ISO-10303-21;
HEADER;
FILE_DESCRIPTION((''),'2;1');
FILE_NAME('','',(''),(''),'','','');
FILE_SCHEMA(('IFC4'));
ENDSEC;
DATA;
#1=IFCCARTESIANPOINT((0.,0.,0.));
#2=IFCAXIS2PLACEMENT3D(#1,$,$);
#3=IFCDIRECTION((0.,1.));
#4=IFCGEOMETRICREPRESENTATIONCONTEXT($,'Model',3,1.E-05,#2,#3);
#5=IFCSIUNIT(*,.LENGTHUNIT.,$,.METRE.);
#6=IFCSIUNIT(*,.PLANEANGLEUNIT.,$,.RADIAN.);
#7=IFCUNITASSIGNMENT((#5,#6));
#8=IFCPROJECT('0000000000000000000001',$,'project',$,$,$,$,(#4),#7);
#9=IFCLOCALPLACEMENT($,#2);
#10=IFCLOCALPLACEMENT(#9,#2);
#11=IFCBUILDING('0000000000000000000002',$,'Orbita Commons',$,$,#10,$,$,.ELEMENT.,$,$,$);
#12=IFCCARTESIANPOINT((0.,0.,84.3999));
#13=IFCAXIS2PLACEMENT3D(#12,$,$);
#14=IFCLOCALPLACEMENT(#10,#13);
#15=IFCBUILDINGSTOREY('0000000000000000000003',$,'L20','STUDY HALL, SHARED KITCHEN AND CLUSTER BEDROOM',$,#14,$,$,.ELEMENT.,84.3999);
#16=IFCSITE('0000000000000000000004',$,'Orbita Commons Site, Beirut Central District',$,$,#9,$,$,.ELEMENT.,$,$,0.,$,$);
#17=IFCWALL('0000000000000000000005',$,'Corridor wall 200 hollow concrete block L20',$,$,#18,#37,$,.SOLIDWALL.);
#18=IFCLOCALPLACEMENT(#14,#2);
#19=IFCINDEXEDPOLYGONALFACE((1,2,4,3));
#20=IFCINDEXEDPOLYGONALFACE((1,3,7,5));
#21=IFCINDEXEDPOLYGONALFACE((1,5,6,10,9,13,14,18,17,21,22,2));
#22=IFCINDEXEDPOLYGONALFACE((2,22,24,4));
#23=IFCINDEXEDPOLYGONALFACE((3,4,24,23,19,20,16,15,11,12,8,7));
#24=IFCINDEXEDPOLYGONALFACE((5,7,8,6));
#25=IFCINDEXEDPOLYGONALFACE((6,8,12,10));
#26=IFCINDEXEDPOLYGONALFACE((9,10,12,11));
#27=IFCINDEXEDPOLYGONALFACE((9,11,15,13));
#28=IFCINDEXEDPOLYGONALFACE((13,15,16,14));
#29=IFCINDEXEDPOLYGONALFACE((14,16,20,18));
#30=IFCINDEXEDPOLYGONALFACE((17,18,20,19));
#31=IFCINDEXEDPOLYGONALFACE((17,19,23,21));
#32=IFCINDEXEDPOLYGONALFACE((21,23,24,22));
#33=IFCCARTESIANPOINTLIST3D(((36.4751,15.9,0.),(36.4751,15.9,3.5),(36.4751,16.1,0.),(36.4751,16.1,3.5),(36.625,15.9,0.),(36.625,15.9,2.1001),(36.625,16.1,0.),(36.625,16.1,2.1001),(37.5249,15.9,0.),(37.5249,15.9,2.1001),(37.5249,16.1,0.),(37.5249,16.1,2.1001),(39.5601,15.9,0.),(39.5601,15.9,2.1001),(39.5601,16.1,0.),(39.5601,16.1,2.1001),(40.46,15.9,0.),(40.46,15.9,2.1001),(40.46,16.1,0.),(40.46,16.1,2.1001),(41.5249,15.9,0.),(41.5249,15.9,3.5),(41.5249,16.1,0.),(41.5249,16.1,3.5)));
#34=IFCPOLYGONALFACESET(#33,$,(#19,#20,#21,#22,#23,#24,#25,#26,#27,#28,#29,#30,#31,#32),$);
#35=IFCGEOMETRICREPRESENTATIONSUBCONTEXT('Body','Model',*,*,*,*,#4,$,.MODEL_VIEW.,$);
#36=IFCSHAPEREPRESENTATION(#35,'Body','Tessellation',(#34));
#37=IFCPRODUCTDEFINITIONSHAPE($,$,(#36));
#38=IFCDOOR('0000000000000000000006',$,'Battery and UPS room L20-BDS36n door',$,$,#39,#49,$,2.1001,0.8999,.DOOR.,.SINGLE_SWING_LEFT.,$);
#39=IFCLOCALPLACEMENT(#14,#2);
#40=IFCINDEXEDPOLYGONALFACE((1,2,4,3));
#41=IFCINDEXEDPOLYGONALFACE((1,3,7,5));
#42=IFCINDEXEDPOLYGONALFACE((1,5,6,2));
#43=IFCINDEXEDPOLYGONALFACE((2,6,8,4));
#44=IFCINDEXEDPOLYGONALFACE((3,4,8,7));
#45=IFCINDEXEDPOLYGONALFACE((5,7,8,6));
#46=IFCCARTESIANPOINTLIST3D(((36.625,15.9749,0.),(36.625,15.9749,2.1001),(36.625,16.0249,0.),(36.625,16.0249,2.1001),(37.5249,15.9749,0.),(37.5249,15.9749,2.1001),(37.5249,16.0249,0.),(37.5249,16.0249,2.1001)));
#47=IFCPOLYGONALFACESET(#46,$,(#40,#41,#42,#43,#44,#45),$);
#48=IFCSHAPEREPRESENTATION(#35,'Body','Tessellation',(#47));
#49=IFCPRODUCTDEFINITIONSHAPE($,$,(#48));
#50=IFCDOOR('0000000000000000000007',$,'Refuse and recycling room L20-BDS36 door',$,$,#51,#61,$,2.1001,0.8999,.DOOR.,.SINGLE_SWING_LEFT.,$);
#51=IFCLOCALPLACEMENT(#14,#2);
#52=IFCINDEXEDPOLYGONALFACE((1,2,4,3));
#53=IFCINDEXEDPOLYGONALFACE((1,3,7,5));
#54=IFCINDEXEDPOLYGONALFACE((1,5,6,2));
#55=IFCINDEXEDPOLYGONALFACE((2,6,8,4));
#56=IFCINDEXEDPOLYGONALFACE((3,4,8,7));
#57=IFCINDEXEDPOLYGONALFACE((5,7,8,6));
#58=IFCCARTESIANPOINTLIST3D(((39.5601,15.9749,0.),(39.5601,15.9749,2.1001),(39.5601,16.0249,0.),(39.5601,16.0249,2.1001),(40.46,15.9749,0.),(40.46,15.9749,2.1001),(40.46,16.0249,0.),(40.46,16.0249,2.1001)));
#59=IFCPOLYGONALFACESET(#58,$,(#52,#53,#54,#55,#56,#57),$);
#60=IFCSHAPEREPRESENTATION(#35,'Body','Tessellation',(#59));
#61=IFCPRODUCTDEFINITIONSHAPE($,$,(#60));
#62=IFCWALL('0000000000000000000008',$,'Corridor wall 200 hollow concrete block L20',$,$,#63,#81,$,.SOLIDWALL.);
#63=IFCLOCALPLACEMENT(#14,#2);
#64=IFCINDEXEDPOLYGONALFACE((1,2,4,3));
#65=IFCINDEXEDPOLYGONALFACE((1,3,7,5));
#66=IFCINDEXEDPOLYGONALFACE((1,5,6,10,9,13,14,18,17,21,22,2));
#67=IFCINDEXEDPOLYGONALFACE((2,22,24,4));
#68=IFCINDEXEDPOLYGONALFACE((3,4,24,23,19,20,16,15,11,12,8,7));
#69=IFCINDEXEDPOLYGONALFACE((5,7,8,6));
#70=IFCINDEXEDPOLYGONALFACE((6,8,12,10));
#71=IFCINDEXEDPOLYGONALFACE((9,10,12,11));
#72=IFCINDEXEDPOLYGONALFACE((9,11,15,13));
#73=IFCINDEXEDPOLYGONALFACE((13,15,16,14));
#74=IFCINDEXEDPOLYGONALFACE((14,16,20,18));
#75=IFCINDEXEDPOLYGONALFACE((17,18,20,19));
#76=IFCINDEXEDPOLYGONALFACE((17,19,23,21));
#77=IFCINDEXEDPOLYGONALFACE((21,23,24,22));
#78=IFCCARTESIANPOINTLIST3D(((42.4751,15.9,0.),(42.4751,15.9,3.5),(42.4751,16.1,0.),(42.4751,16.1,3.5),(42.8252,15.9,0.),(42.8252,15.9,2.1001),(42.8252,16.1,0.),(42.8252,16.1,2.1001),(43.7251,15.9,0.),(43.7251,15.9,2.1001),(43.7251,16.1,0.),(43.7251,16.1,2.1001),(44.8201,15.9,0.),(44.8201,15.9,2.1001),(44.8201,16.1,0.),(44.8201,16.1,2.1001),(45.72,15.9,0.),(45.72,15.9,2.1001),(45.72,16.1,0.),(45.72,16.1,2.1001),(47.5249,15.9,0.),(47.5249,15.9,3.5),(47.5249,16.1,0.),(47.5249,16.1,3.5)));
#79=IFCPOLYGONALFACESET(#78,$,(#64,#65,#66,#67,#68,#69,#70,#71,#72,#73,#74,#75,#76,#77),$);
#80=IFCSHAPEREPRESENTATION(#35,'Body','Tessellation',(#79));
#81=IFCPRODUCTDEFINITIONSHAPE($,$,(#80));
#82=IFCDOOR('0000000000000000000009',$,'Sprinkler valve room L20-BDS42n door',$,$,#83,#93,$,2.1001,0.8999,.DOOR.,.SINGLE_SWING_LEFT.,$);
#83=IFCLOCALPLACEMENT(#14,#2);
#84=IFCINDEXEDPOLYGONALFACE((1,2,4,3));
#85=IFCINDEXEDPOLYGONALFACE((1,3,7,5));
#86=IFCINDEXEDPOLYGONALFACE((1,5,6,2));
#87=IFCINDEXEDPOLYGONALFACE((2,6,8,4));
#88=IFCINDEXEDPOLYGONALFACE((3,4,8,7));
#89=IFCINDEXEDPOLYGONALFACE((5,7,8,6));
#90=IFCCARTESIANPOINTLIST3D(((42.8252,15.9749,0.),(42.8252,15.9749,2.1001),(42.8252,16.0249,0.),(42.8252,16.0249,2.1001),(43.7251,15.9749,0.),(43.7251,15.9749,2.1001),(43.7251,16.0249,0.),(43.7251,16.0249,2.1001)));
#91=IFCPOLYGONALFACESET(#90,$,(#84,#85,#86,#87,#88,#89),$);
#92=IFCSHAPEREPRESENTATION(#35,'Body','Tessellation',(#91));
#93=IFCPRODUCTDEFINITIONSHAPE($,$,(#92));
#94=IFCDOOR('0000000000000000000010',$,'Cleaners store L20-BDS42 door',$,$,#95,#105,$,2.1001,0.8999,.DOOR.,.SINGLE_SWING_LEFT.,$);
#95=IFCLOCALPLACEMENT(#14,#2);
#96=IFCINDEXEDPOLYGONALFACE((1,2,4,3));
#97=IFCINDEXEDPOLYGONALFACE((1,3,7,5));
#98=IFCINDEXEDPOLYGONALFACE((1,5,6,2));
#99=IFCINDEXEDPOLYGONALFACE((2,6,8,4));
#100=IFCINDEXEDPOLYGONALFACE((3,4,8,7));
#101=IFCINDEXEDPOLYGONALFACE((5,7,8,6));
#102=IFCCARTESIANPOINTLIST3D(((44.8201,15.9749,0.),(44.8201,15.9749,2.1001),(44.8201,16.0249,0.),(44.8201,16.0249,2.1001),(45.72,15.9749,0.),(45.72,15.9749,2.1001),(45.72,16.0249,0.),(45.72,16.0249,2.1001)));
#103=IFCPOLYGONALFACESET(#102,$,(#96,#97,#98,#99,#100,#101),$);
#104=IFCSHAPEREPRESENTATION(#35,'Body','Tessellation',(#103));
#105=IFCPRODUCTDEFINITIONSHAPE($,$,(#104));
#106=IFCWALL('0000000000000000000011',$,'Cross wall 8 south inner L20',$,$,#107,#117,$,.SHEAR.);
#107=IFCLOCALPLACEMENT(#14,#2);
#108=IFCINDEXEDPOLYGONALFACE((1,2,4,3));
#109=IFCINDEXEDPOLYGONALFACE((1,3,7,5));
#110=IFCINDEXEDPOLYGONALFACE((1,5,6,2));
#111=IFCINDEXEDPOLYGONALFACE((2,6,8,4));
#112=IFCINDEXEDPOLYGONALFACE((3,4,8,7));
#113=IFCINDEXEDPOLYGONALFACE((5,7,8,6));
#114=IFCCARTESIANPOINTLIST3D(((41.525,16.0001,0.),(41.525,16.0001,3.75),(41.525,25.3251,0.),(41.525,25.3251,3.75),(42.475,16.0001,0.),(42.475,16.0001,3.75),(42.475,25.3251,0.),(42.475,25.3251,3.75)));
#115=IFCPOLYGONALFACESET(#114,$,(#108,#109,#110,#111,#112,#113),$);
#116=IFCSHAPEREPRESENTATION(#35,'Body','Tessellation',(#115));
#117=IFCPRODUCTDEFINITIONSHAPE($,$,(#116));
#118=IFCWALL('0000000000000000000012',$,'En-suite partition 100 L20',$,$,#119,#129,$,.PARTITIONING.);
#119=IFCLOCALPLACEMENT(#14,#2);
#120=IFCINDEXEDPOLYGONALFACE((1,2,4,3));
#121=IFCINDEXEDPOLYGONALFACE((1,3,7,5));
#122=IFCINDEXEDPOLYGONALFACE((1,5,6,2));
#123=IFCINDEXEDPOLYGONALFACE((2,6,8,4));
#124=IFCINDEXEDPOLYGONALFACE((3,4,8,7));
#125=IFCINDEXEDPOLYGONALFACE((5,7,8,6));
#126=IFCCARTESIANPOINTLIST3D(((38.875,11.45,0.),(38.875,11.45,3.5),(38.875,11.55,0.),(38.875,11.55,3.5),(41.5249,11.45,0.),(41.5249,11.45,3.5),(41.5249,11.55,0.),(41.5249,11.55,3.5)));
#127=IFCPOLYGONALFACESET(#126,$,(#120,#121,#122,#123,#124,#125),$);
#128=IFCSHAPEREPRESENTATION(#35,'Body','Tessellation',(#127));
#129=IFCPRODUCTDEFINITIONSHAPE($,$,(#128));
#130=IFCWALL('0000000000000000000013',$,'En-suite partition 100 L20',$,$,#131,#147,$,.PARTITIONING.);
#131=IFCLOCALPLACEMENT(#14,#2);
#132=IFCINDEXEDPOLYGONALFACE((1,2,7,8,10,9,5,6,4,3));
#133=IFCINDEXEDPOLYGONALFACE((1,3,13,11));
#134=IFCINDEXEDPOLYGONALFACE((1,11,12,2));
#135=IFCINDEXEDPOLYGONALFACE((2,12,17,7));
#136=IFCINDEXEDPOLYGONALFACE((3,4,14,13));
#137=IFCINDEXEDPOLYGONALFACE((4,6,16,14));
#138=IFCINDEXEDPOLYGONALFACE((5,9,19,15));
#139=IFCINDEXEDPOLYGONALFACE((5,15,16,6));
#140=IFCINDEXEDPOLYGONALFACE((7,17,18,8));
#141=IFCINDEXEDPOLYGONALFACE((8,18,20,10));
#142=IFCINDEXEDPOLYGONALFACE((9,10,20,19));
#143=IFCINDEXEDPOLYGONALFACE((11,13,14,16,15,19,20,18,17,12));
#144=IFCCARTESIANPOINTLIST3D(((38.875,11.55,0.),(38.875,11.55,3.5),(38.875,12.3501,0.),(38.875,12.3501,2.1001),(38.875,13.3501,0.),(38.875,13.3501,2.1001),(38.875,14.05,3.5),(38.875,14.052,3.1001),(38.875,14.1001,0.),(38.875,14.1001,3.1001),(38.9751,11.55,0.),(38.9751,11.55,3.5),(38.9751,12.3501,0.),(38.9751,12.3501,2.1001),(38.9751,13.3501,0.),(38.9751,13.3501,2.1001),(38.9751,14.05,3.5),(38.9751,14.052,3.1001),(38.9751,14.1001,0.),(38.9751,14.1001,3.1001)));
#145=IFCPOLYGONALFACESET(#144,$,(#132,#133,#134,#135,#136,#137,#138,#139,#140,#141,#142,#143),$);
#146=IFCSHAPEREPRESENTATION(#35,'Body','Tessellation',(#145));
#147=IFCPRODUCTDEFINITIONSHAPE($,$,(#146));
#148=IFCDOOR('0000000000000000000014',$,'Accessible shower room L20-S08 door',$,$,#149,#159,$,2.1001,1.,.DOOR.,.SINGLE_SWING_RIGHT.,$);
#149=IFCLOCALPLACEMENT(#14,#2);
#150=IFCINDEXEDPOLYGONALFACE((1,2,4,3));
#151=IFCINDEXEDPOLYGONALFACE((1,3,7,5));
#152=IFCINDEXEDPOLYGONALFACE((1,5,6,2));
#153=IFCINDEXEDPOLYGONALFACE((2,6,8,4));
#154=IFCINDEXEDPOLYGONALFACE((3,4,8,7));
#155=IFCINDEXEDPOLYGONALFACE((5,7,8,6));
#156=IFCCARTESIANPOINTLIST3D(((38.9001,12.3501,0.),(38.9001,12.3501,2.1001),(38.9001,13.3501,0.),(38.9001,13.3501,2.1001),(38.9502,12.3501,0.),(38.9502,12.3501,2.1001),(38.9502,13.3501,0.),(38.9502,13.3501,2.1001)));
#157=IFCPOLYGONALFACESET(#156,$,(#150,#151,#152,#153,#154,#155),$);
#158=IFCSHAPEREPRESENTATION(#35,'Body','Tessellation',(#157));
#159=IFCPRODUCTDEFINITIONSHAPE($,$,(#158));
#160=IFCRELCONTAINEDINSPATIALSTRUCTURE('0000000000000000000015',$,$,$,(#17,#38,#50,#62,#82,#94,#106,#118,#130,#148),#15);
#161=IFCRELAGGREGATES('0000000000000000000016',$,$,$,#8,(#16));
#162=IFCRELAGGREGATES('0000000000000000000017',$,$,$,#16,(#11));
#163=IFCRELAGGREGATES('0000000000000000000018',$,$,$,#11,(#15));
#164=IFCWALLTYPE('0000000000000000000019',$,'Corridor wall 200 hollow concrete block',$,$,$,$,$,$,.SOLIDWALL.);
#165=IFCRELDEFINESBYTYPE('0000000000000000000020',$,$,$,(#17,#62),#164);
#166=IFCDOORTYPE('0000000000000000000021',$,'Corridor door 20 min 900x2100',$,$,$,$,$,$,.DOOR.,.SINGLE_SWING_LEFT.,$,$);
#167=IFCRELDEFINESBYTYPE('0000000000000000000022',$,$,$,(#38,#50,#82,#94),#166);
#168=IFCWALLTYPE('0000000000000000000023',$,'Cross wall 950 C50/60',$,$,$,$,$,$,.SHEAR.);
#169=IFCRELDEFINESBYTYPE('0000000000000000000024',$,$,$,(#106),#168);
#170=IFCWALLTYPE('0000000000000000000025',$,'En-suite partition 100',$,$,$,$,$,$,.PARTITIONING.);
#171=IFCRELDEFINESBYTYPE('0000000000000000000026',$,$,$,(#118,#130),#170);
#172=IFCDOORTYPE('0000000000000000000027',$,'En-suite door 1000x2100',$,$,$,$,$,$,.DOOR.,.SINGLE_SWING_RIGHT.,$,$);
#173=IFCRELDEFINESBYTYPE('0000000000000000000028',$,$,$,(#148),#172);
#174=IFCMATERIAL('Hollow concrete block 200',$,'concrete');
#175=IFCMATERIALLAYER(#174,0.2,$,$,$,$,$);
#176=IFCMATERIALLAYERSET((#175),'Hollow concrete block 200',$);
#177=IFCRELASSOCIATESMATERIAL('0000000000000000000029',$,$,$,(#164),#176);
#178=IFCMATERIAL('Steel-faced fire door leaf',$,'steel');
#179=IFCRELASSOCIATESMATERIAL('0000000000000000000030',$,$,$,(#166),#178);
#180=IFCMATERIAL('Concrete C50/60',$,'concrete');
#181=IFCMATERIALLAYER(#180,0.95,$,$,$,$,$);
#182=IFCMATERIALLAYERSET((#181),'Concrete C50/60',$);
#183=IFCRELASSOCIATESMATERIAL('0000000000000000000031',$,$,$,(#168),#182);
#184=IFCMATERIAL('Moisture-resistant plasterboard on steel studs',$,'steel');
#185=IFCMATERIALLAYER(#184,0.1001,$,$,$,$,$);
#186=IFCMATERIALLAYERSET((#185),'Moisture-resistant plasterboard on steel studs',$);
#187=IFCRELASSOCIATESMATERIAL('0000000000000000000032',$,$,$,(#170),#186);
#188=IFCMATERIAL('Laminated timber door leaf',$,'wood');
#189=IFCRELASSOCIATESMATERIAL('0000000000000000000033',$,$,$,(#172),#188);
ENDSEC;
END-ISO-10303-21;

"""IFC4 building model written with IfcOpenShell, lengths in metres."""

from ifc_helpers import new_model, si_unit, direction, frame, frame_2d, origin, place, context, subcontext, project, spatial, polyline, rectangle, outline, extrude, material, layer, layer_set, type_object, element, fill, save


model = new_model("IFC4")

# Units and contexts
model_context = context("Model", 3, precision=1e-05, world=origin(), true_north=direction((0.0, 1.0)))
body_context = subcontext(model_context, "Body", "Model", "MODEL_VIEW")
ifc_project = project(units=[si_unit("LENGTHUNIT", "METRE"), si_unit("PLANEANGLEUNIT", "RADIAN")], contexts=[model_context])

# Site, building, storey
site_placement = place(None, origin())
site = spatial("IfcSite", under=ifc_project, at=site_placement, Name="Orbita Commons Site, Beirut Central District", CompositionType="ELEMENT", RefElevation=0.0)
building_placement = place(site_placement, origin())
building = spatial("IfcBuilding", under=site, at=building_placement, Name="Orbita Commons", CompositionType="ELEMENT")
storey_placement = place(building_placement, frame((0.0, 0.0, 84.3999)))
storey = spatial("IfcBuildingStorey", under=building, at=storey_placement, Name="L20", Description="STUDY HALL, SHARED KITCHEN AND CLUSTER BEDROOM", CompositionType="ELEMENT", Elevation=84.3999)

# Walls, openings, doors
ifc_material_1 = material(Name="Hollow concrete block 200", Category="concrete")
ifc_layer_1 = layer(ifc_material_1, 0.2)
ifc_layer_set_1 = layer_set([ifc_layer_1], Name="Hollow concrete block 200")
wall_type_1 = type_object("IfcWallType", Name="Corridor wall 200 hollow concrete block", PredefinedType="SOLIDWALL", material=ifc_layer_set_1)
wall_1_placement = place(storey_placement, frame((36.4751, 16.0, 0.0), z_axis=(0.0, 0.0, 1.0), x_axis=(1.0, 0.0, 0.0)))
wall_1 = element("IfcWall", 1, at=wall_1_placement, inside=storey, type_object=wall_type_1, Name="Corridor wall 200 hollow concrete block L20", PredefinedType="SOLIDWALL", context=body_context, shape_type="SweptSolid", body=[
    extrude(rectangle(XDim=5.0498, YDim=0.2, at=frame_2d((2.5249, 0.0))), origin(), (0.0, 0.0, 1.0), 3.5),
])
opening_1_placement = place(wall_1_placement, frame((0.1499, 0.0, 0.0)))
opening_1 = element("IfcOpeningElement", 2, at=opening_1_placement, cuts=wall_1, PredefinedType="OPENING", context=body_context, shape_type="SweptSolid", body=[
    extrude(rectangle(XDim=0.8999, YDim=2.1001, at=frame_2d((0.45, 1.05))), frame((0.0, 0.1099, 0.0), z_axis=(0.0, -1.0, 0.0), x_axis=(1.0, 0.0, 0.0)), (0.0, 0.0, 1.0), 0.22),
])
opening_2_placement = place(wall_1_placement, frame((3.085, 0.0, 0.0)))
opening_2 = element("IfcOpeningElement", 3, at=opening_2_placement, cuts=wall_1, PredefinedType="OPENING", context=body_context, shape_type="SweptSolid", body=[
    extrude(rectangle(XDim=0.8999, YDim=2.1001, at=frame_2d((0.45, 1.05))), frame((0.0, 0.1099, 0.0), z_axis=(0.0, -1.0, 0.0), x_axis=(1.0, 0.0, 0.0)), (0.0, 0.0, 1.0), 0.22),
])
ifc_material_2 = material(Name="Steel-faced fire door leaf", Category="steel")
door_type_1 = type_object("IfcDoorType", Name="Corridor door 20 min 900x2100", OperationType="SINGLE_SWING_LEFT", PredefinedType="DOOR", material=ifc_material_2)
door_1_placement = place(opening_1_placement, origin())
door_1 = element("IfcDoor", 4, at=door_1_placement, inside=storey, type_object=door_type_1, Name="Battery and UPS room L20-BDS36n door", OperationType="SINGLE_SWING_LEFT", OverallHeight=2.1001, OverallWidth=0.8999, PredefinedType="DOOR", context=body_context, shape_type="SweptSolid", body=[
    extrude(rectangle(XDim=0.8999, YDim=2.1001, at=frame_2d((0.45, 1.05))), frame((0.0, 0.0249, 0.0), z_axis=(0.0, -1.0, 0.0), x_axis=(1.0, 0.0, 0.0)), (0.0, 0.0, 1.0), 0.05),
])
fill(opening_1, door_1)
door_2_placement = place(opening_2_placement, origin())
door_2 = element("IfcDoor", 5, at=door_2_placement, inside=storey, type_object=door_type_1, Name="Refuse and recycling room L20-BDS36 door", OperationType="SINGLE_SWING_LEFT", OverallHeight=2.1001, OverallWidth=0.8999, PredefinedType="DOOR", context=body_context, shape_type="SweptSolid", body=[
    extrude(rectangle(XDim=0.8999, YDim=2.1001, at=frame_2d((0.45, 1.05))), frame((0.0, 0.0249, 0.0), z_axis=(0.0, -1.0, 0.0), x_axis=(1.0, 0.0, 0.0)), (0.0, 0.0, 1.0), 0.05),
])
fill(opening_2, door_2)
wall_2_placement = place(storey_placement, frame((42.4751, 16.0, 0.0), z_axis=(0.0, 0.0, 1.0), x_axis=(1.0, 0.0, 0.0)))
wall_2 = element("IfcWall", 6, at=wall_2_placement, inside=storey, type_object=wall_type_1, Name="Corridor wall 200 hollow concrete block L20", PredefinedType="SOLIDWALL", context=body_context, shape_type="SweptSolid", body=[
    extrude(rectangle(XDim=5.0498, YDim=0.2, at=frame_2d((2.5249, 0.0))), origin(), (0.0, 0.0, 1.0), 3.5),
])
opening_3_placement = place(wall_2_placement, frame((0.3501, 0.0, 0.0)))
opening_3 = element("IfcOpeningElement", 7, at=opening_3_placement, cuts=wall_2, PredefinedType="OPENING", context=body_context, shape_type="SweptSolid", body=[
    extrude(rectangle(XDim=0.8999, YDim=2.1001, at=frame_2d((0.45, 1.05))), frame((0.0, 0.1099, 0.0), z_axis=(0.0, -1.0, 0.0), x_axis=(1.0, 0.0, 0.0)), (0.0, 0.0, 1.0), 0.22),
])
opening_4_placement = place(wall_2_placement, frame((2.345, 0.0, 0.0)))
opening_4 = element("IfcOpeningElement", 8, at=opening_4_placement, cuts=wall_2, PredefinedType="OPENING", context=body_context, shape_type="SweptSolid", body=[
    extrude(rectangle(XDim=0.8999, YDim=2.1001, at=frame_2d((0.45, 1.05))), frame((0.0, 0.1099, 0.0), z_axis=(0.0, -1.0, 0.0), x_axis=(1.0, 0.0, 0.0)), (0.0, 0.0, 1.0), 0.22),
])
door_3_placement = place(opening_3_placement, origin())
door_3 = element("IfcDoor", 9, at=door_3_placement, inside=storey, type_object=door_type_1, Name="Sprinkler valve room L20-BDS42n door", OperationType="SINGLE_SWING_LEFT", OverallHeight=2.1001, OverallWidth=0.8999, PredefinedType="DOOR", context=body_context, shape_type="SweptSolid", body=[
    extrude(rectangle(XDim=0.8999, YDim=2.1001, at=frame_2d((0.45, 1.05))), frame((0.0, 0.0249, 0.0), z_axis=(0.0, -1.0, 0.0), x_axis=(1.0, 0.0, 0.0)), (0.0, 0.0, 1.0), 0.05),
])
fill(opening_3, door_3)
door_4_placement = place(opening_4_placement, origin())
door_4 = element("IfcDoor", 10, at=door_4_placement, inside=storey, type_object=door_type_1, Name="Cleaners store L20-BDS42 door", OperationType="SINGLE_SWING_LEFT", OverallHeight=2.1001, OverallWidth=0.8999, PredefinedType="DOOR", context=body_context, shape_type="SweptSolid", body=[
    extrude(rectangle(XDim=0.8999, YDim=2.1001, at=frame_2d((0.45, 1.05))), frame((0.0, 0.0249, 0.0), z_axis=(0.0, -1.0, 0.0), x_axis=(1.0, 0.0, 0.0)), (0.0, 0.0, 1.0), 0.05),
])
fill(opening_4, door_4)

# Walls
ifc_material_3 = material(Name="Concrete C50/60", Category="concrete")
ifc_layer_2 = layer(ifc_material_3, 0.95)
ifc_layer_set_2 = layer_set([ifc_layer_2], Name="Concrete C50/60")
wall_type_2 = type_object("IfcWallType", Name="Cross wall 950 C50/60", PredefinedType="SHEAR", material=ifc_layer_set_2)
wall_3_placement = place(storey_placement, frame((42.0, 16.0, 0.0), z_axis=(0.0, 0.0, 1.0), x_axis=(0.0, 1.0, 0.0)))
element("IfcWall", 11, at=wall_3_placement, inside=storey, type_object=wall_type_2, Name="Cross wall 8 south inner L20", PredefinedType="SHEAR", context=body_context, shape_type="SweptSolid", body=[
    extrude(rectangle(XDim=9.325, YDim=0.95, at=frame_2d((4.6626, 0.0))), origin(), (0.0, 0.0, 1.0), 3.75),
])
ifc_material_4 = material(Name="Moisture-resistant plasterboard on steel studs", Category="steel")
ifc_layer_3 = layer(ifc_material_4, 0.1001)
ifc_layer_set_3 = layer_set([ifc_layer_3], Name="Moisture-resistant plasterboard on steel studs")
wall_type_3 = type_object("IfcWallType", Name="En-suite partition 100", PredefinedType="PARTITIONING", material=ifc_layer_set_3)
wall_4_placement = place(storey_placement, frame((38.875, 11.5, 0.0), z_axis=(0.0, 0.0, 1.0), x_axis=(1.0, 0.0, 0.0)))
element("IfcWall", 12, at=wall_4_placement, inside=storey, type_object=wall_type_3, Name="En-suite partition 100 L20", PredefinedType="PARTITIONING", context=body_context, shape_type="SweptSolid", body=[
    extrude(rectangle(XDim=2.6499, YDim=0.1001, at=frame_2d((1.325, 0.0))), origin(), (0.0, 0.0, 1.0), 3.5),
])

# Wall, opening, door
wall_5_placement = place(storey_placement, frame((38.925, 11.55, 0.0), z_axis=(0.0, 0.0, 1.0), x_axis=(0.0, 1.0, 0.0)))
wall_5 = element("IfcWall", 13, at=wall_5_placement, inside=storey, type_object=wall_type_3, Name="En-suite partition 100 L20", PredefinedType="PARTITIONING", context=body_context, shape_type="SweptSolid", body=[
    extrude(outline(polyline([(0.0, 0.0), (2.55, 0.0), (2.55, 3.1001), (2.502, 3.1001), (2.5, 3.5), (0.0, 3.5), (0.0, 0.0)])), frame((0.0, 0.05, 0.0), z_axis=(0.0, -1.0, 0.0), x_axis=(1.0, 0.0, 0.0)), (0.0, 0.0, 1.0), 0.1001),
])
opening_5_placement = place(wall_5_placement, frame((0.8, 0.0, 0.0)))
opening_5 = element("IfcOpeningElement", 14, at=opening_5_placement, cuts=wall_5, PredefinedType="OPENING", context=body_context, shape_type="SweptSolid", body=[
    extrude(rectangle(XDim=1.0, YDim=2.1001, at=frame_2d((0.5, 1.05))), frame((0.0, 0.0601, 0.0), z_axis=(0.0, -1.0, 0.0), x_axis=(1.0, 0.0, 0.0)), (0.0, 0.0, 1.0), 0.1201),
])
ifc_material_5 = material(Name="Laminated timber door leaf", Category="wood")
door_type_2 = type_object("IfcDoorType", Name="En-suite door 1000x2100", OperationType="SINGLE_SWING_RIGHT", PredefinedType="DOOR", material=ifc_material_5)
door_5_placement = place(opening_5_placement, origin())
door_5 = element("IfcDoor", 15, at=door_5_placement, inside=storey, type_object=door_type_2, Name="Accessible shower room L20-S08 door", OperationType="SINGLE_SWING_RIGHT", OverallHeight=2.1001, OverallWidth=1.0, PredefinedType="DOOR", context=body_context, shape_type="SweptSolid", body=[
    extrude(rectangle(XDim=1.0, YDim=2.1001, at=frame_2d((0.5, 1.05))), frame((0.0, 0.0249, 0.0), z_axis=(0.0, -1.0, 0.0), x_axis=(1.0, 0.0, 0.0)), (0.0, 0.0, 1.0), 0.05),
])
fill(opening_5, door_5)

save(model, "model.ifc")
